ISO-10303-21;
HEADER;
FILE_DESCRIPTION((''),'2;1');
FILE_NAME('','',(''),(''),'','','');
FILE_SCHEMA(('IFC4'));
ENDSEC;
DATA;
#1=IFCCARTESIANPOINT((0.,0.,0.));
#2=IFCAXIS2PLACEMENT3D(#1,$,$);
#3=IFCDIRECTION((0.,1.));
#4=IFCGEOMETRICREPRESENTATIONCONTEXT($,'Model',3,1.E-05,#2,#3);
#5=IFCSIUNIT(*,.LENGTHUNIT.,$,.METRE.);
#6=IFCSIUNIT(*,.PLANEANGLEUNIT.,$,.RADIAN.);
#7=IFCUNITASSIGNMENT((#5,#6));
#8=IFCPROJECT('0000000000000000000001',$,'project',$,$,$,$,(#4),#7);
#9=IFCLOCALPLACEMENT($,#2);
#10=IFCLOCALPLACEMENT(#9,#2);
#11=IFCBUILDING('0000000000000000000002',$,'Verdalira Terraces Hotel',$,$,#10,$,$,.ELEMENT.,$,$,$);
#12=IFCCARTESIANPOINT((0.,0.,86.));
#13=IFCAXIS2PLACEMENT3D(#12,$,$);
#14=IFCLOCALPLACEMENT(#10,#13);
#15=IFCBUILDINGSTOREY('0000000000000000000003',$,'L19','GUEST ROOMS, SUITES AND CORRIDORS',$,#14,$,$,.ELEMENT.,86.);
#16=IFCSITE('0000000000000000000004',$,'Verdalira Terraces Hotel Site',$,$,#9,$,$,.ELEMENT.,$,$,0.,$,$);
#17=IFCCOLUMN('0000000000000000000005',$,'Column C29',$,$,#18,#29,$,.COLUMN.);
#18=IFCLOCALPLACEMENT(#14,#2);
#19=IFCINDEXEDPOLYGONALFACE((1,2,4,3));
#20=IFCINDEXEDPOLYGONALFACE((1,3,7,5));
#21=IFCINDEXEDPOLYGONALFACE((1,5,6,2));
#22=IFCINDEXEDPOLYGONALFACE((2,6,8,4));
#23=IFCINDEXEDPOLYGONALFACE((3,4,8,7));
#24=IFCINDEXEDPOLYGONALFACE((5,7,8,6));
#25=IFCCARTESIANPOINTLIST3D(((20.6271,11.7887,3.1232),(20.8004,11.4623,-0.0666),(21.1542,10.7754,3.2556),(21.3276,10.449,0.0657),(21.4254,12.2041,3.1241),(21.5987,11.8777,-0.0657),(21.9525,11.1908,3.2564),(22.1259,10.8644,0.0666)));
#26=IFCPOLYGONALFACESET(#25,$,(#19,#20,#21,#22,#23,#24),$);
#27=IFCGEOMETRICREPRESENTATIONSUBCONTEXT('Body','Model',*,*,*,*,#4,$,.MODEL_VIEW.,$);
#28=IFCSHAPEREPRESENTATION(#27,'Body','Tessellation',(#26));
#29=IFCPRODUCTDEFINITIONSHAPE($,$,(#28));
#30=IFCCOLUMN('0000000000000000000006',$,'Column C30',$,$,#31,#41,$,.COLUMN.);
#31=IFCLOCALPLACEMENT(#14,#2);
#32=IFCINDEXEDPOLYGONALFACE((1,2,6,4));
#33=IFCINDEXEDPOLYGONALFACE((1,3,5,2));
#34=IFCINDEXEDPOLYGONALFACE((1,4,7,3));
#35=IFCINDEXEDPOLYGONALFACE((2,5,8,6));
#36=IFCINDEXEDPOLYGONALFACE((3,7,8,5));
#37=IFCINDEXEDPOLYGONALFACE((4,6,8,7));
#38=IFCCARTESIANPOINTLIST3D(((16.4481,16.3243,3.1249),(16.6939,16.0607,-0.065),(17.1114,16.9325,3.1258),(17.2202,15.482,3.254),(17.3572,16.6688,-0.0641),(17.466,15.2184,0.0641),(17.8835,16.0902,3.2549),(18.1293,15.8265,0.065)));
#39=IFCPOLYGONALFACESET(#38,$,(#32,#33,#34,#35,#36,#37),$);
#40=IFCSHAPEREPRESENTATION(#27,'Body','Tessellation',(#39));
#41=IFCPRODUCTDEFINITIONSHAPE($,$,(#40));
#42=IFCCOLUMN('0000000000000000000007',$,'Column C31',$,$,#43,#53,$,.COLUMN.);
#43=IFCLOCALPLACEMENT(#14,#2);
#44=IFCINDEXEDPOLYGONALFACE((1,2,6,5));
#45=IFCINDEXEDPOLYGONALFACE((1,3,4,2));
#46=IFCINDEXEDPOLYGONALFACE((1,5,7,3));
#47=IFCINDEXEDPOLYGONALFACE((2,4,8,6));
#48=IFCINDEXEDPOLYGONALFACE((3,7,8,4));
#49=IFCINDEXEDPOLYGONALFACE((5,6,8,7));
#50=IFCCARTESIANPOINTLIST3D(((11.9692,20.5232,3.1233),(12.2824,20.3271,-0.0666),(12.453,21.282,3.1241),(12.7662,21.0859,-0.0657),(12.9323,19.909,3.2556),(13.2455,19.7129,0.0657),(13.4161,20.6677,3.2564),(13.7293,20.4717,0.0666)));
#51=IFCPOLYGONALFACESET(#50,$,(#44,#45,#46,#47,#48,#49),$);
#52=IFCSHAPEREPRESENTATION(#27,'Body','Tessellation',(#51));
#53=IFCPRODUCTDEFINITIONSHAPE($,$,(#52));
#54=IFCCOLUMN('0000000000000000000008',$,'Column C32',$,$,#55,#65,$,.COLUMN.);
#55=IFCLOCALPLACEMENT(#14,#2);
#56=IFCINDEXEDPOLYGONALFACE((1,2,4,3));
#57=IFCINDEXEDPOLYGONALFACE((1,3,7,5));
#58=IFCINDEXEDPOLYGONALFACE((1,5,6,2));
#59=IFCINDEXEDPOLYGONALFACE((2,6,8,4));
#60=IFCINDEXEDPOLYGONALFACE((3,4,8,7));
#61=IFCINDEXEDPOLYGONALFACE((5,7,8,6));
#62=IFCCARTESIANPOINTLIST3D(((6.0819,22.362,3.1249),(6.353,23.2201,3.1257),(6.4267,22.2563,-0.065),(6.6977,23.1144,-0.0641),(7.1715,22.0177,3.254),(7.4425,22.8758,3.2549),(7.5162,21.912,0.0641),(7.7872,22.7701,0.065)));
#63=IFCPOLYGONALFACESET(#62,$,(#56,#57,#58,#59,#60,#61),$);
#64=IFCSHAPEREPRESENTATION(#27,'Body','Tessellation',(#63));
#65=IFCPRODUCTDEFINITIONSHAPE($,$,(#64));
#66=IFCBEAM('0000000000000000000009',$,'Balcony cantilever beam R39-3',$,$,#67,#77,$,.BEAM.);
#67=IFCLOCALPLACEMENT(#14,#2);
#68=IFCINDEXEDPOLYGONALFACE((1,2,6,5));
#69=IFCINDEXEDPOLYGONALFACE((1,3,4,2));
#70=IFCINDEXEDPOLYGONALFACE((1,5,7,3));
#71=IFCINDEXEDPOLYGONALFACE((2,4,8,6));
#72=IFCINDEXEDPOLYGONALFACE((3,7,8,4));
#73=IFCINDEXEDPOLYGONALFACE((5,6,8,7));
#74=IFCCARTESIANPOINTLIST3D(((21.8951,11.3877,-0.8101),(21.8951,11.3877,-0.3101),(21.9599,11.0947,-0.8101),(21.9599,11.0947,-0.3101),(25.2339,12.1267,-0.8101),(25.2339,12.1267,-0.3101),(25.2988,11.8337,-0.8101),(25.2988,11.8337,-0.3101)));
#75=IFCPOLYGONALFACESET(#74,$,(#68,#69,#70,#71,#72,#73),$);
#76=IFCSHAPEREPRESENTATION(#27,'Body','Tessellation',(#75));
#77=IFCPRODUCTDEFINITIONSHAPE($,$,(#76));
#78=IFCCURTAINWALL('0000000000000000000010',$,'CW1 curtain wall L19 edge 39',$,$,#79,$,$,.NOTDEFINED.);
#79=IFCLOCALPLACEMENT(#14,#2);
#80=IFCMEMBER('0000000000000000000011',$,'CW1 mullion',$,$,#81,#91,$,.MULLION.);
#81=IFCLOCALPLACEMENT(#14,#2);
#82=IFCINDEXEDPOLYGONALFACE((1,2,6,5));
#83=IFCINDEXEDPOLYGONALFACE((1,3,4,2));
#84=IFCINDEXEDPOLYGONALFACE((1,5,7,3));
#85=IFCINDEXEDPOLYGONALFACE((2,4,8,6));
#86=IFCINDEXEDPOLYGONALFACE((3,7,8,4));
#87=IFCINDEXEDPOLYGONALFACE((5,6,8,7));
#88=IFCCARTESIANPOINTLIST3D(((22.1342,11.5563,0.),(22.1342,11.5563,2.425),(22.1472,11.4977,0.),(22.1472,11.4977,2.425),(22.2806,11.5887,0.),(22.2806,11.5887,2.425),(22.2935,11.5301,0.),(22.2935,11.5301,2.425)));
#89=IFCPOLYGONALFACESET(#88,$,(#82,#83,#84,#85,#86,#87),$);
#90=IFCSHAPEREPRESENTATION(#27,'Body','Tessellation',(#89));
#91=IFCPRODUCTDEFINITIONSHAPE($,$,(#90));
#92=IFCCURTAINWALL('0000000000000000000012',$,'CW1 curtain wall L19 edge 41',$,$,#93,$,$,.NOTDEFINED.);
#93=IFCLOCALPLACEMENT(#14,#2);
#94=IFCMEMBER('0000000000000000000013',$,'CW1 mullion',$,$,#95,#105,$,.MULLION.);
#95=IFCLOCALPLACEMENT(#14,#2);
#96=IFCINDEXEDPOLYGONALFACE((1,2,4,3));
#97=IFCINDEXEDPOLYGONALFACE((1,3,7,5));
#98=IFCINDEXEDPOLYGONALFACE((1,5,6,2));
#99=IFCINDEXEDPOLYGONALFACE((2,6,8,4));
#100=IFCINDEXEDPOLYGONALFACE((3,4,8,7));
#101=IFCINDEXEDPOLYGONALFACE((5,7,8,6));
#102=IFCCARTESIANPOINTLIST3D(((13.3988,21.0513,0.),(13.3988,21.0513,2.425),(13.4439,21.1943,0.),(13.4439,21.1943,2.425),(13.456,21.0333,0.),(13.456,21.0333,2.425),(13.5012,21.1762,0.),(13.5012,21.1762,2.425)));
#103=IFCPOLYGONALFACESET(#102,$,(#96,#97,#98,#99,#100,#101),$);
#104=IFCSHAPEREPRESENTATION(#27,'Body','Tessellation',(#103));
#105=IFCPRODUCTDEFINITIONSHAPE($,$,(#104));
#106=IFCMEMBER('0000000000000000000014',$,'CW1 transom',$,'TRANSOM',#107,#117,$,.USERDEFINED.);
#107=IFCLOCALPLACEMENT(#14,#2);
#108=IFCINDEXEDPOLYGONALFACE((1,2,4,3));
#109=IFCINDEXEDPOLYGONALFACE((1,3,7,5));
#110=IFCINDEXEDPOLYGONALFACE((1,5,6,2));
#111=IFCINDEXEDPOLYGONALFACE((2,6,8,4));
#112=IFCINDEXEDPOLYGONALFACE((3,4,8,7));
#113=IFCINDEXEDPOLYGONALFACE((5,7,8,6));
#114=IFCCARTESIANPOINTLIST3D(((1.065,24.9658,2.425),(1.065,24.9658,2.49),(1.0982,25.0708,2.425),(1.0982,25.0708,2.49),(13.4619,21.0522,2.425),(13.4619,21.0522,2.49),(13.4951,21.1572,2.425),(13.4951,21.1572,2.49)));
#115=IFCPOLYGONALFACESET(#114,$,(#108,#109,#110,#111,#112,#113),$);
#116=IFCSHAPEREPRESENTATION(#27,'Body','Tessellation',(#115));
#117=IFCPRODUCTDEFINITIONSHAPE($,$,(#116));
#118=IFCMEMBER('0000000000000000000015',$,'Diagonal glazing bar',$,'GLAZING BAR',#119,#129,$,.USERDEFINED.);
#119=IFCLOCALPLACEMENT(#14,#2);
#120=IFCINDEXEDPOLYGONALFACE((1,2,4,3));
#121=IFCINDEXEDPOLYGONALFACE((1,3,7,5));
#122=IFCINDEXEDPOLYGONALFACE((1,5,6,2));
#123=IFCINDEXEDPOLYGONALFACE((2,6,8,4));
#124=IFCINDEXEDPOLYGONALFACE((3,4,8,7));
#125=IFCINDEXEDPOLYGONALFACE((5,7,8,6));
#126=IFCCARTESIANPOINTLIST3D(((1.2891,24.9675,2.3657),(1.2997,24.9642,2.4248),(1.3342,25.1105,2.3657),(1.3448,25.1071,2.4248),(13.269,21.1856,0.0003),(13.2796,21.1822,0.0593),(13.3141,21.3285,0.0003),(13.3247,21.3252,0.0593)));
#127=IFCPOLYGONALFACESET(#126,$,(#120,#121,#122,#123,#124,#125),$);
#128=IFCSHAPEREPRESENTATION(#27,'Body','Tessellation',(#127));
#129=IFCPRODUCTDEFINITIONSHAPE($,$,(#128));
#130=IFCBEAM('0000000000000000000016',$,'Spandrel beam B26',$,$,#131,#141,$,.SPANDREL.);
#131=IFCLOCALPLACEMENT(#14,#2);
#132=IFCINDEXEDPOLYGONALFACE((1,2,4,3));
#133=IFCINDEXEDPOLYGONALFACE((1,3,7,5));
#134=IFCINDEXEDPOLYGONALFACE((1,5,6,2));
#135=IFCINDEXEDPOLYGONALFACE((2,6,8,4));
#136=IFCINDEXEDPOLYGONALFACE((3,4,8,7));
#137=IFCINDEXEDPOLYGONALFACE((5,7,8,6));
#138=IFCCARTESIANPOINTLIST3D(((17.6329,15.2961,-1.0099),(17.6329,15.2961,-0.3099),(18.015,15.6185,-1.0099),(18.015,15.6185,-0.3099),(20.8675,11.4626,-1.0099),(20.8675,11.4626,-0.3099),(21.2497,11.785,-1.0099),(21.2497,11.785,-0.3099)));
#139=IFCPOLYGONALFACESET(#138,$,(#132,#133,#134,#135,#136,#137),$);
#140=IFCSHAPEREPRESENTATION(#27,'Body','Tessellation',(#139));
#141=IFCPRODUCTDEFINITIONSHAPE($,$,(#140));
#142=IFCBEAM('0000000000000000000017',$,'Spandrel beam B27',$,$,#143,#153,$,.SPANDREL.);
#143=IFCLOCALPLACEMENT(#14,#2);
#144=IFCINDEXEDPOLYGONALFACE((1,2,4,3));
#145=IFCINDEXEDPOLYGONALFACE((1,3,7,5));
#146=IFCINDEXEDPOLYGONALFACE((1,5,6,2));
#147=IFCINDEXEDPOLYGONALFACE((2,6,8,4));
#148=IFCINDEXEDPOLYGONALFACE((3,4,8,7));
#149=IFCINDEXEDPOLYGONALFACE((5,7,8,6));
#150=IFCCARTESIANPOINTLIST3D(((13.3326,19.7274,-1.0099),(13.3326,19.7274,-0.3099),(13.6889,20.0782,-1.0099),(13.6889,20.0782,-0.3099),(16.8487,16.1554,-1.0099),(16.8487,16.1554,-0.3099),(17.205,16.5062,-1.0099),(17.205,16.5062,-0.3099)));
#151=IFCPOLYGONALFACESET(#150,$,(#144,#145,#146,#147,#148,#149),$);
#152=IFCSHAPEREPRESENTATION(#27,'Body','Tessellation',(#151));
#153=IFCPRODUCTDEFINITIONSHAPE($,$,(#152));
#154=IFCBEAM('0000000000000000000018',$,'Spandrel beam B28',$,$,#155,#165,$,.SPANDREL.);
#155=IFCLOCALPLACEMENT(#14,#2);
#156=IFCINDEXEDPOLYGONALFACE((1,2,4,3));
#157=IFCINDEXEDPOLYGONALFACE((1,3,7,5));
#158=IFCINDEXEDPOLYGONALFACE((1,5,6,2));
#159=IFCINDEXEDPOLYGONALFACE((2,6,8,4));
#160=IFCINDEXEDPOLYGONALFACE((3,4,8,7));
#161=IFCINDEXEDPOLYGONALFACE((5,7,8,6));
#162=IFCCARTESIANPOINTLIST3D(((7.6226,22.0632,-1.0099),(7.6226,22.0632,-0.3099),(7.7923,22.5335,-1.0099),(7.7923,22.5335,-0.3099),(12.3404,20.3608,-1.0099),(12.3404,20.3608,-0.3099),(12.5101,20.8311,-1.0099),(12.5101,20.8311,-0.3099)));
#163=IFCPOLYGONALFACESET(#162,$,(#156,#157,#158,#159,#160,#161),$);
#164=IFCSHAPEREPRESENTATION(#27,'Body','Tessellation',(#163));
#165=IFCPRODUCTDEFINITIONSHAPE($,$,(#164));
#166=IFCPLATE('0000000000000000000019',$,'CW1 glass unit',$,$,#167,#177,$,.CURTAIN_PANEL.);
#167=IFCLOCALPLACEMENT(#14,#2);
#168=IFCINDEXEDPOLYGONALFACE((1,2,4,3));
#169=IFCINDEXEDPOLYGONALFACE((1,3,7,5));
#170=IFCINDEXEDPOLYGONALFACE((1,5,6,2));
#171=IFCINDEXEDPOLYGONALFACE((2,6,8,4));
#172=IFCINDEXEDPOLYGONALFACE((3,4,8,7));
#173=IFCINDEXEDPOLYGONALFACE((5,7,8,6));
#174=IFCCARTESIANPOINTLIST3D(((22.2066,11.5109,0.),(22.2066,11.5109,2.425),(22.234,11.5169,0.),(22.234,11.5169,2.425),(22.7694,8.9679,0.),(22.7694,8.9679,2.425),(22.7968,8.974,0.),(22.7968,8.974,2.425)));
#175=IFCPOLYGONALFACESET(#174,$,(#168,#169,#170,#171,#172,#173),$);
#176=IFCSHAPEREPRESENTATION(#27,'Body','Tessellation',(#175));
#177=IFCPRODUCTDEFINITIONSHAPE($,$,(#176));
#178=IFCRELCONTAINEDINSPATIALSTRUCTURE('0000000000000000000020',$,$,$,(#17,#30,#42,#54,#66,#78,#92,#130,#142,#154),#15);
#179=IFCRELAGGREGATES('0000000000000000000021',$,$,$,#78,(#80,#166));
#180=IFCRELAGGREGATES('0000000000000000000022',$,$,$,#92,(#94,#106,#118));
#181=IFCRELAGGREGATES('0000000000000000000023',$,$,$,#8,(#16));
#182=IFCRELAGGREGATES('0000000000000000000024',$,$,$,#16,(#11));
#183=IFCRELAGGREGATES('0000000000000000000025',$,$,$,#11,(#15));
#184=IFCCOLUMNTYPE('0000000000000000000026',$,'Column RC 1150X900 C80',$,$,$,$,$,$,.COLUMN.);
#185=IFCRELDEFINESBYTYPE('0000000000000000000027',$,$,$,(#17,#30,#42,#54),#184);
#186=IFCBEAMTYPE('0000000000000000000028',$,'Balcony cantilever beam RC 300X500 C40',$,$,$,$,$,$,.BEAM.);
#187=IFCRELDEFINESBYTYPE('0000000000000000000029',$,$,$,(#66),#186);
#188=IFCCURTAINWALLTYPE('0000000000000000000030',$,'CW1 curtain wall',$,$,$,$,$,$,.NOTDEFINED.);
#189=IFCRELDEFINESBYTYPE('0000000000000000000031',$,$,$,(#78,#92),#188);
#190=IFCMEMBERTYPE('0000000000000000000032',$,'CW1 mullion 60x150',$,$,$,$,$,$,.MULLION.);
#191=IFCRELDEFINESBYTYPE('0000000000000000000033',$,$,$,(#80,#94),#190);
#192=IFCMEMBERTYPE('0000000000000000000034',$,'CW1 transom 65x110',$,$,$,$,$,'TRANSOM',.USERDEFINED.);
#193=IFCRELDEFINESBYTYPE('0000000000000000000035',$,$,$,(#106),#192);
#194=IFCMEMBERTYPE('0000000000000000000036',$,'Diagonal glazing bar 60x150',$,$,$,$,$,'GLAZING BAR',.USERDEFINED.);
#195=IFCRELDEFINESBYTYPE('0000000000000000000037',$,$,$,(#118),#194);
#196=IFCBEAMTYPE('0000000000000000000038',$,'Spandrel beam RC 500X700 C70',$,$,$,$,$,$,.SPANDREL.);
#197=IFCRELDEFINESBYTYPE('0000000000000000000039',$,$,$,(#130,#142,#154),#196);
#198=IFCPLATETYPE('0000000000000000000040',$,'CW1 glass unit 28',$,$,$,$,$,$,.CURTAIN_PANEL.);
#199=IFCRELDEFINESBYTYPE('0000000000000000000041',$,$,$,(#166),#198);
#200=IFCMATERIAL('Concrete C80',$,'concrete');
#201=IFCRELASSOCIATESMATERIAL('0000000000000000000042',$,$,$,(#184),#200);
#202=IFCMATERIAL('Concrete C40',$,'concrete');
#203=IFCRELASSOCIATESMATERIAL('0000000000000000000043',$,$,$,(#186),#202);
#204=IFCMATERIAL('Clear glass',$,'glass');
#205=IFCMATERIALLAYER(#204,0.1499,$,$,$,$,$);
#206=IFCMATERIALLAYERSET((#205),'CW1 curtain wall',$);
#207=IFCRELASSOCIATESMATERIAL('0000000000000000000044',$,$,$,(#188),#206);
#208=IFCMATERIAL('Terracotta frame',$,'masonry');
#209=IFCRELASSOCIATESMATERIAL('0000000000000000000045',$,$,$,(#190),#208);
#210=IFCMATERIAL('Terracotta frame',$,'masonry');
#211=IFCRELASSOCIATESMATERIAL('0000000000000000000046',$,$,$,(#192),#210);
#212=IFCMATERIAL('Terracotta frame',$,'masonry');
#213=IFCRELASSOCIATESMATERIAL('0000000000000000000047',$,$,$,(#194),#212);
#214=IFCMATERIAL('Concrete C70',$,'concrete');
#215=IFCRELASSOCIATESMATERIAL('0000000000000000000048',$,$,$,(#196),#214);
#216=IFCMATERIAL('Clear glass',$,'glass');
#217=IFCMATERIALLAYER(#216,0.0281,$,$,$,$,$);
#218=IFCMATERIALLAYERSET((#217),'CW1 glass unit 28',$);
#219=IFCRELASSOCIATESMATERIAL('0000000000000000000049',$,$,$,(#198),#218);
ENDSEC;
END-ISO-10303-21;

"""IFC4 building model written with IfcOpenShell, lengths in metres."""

from ifc_helpers import new_model, si_unit, direction, frame, origin, origin_2d, place, context, subcontext, project, spatial, rectangle, extrude, material, layer, layer_set, material_profile, profile_set, type_object, element, aggregate, save


model = new_model("IFC4")

# Units and contexts
model_context = context("Model", 3, precision=1e-05, world=origin(), true_north=direction((0.0, 1.0)))
body_context = subcontext(model_context, "Body", "Model", "MODEL_VIEW")
ifc_project = project(units=[si_unit("LENGTHUNIT", "METRE"), si_unit("PLANEANGLEUNIT", "RADIAN")], contexts=[model_context])

# Site, building, storey
site_placement = place(None, origin())
site = spatial("IfcSite", under=ifc_project, at=site_placement, Name="Verdalira Terraces Hotel Site", CompositionType="ELEMENT", RefElevation=0.0)
building_placement = place(site_placement, origin())
building = spatial("IfcBuilding", under=site, at=building_placement, Name="Verdalira Terraces Hotel", CompositionType="ELEMENT")
storey_placement = place(building_placement, frame((0.0, 0.0, 86.0)))
storey = spatial("IfcBuildingStorey", under=building, at=storey_placement, Name="L19", Description="GUEST ROOMS, SUITES AND CORRIDORS", CompositionType="ELEMENT", Elevation=86.0)

# Columns
ifc_material_1 = material(Name="Concrete C80", Category="concrete")
ifc_material_profile_1 = material_profile(ifc_material_1, rectangle(XDim=1.1499, YDim=0.8999, at=origin_2d()), Name="RC 1150X900")
ifc_profile_set_1 = profile_set([ifc_material_profile_1], Name="Concrete C80")
column_type = type_object("IfcColumnType", Name="Column RC 1150X900 C80", PredefinedType="COLUMN", material=ifc_profile_set_1)
column_1_placement = place(storey_placement, frame((21.4631, 11.1633, 0.0), z_axis=(-0.053978, 0.101647, 0.993355), x_axis=(0.458429, -0.881248, 0.115086)))
element("IfcColumn", 1, at=column_1_placement, inside=storey, type_object=column_type, Name="Column C29", PredefinedType="COLUMN", context=body_context, shape_type="SweptSolid", body=[
    extrude(rectangle(XDim=1.1499, YDim=0.8999, at=origin_2d()), origin(), (0.0, 0.0, 1.0), 3.2112),
])
column_2_placement = place(storey_placement, frame((17.4116, 15.9436, 0.0), z_axis=(-0.076583, 0.082134, 0.993675), x_axis=(-0.671452, 0.732491, -0.112295)))
element("IfcColumn", 2, at=column_2_placement, inside=storey, type_object=column_type, Name="Column C30", PredefinedType="COLUMN", context=body_context, shape_type="SweptSolid", body=[
    extrude(rectangle(XDim=1.1499, YDim=0.8999, at=origin_2d()), origin(), (0.0, 0.0, 1.0), 3.2102),
])
column_3_placement = place(storey_placement, frame((13.0059, 20.3994, 0.0), z_axis=(-0.097542, 0.061049, 0.993357), x_axis=(0.837529, -0.534139, 0.115067)))
element("IfcColumn", 3, at=column_3_placement, inside=storey, type_object=column_type, Name="Column C31", PredefinedType="COLUMN", context=body_context, shape_type="SweptSolid", body=[
    extrude(rectangle(XDim=1.1499, YDim=0.8999, at=origin_2d()), origin(), (0.0, 0.0, 1.0), 3.2112),
])
column_4_placement = place(storey_placement, frame((7.1069, 22.5132, 0.0), z_axis=(-0.107383, 0.03293, 0.993672), x_axis=(-0.947501, 0.299377, -0.112315)))
element("IfcColumn", 4, at=column_4_placement, inside=storey, type_object=column_type, Name="Column C32", PredefinedType="COLUMN", context=body_context, shape_type="SweptSolid", body=[
    extrude(rectangle(XDim=1.1499, YDim=0.8999, at=origin_2d()), origin(), (0.0, 0.0, 1.0), 3.2102),
])

# Beam
ifc_material_2 = material(Name="Concrete C40", Category="concrete")
ifc_material_profile_2 = material_profile(ifc_material_2, rectangle(XDim=0.3, YDim=0.5, at=origin_2d()), Name="RC 300X500")
ifc_profile_set_2 = profile_set([ifc_material_profile_2], Name="Concrete C40")
beam_type_1 = type_object("IfcBeamType", Name="Balcony cantilever beam RC 300X500 C40", PredefinedType="BEAM", material=ifc_profile_set_2)
beam_1_placement = place(storey_placement, frame((21.9275, 11.2412, -0.5601), z_axis=(0.97637, 0.216106, 0.0), x_axis=(-0.216106, 0.97637, 0.0)))
element("IfcBeam", 5, at=beam_1_placement, inside=storey, type_object=beam_type_1, Name="Balcony cantilever beam R39-3", PredefinedType="BEAM", context=body_context, shape_type="SweptSolid", body=[
    extrude(rectangle(XDim=0.3, YDim=0.5, at=origin_2d()), origin(), (0.0, 0.0, 1.0), 3.4197),
])

# Curtain wall, member
ifc_material_3 = material(Name="Clear glass", Category="glass")
ifc_layer_1 = layer(ifc_material_3, 0.1499)
ifc_layer_set_1 = layer_set([ifc_layer_1], Name="CW1 curtain wall")
curtain_wall_type = type_object("IfcCurtainWallType", Name="CW1 curtain wall", PredefinedType="NOTDEFINED", material=ifc_layer_set_1)
curtain_wall_1_placement = place(storey_placement, origin())
curtain_wall_1 = element("IfcCurtainWall", 6, at=curtain_wall_1_placement, inside=storey, type_object=curtain_wall_type, Name="CW1 curtain wall L19 edge 39", PredefinedType="NOTDEFINED")
ifc_material_4 = material(Name="Terracotta frame", Category="masonry")
ifc_material_profile_3 = material_profile(ifc_material_4, rectangle(XDim=0.0601, YDim=0.1499, at=origin_2d()), Name="MU 60x150")
ifc_profile_set_3 = profile_set([ifc_material_profile_3], Name="Terracotta frame")
member_type_1 = type_object("IfcMemberType", Name="CW1 mullion 60x150", PredefinedType="MULLION", material=ifc_profile_set_3)
member_1_placement = place(storey_placement, frame((22.2139, 11.5432, 0.0), z_axis=(0.0, 0.0, 1.0), x_axis=(-0.216099, 0.976371, 0.0)))
member_1 = element("IfcMember", 7, at=member_1_placement, type_object=member_type_1, Name="CW1 mullion", PredefinedType="MULLION", context=body_context, shape_type="SweptSolid", body=[
    extrude(rectangle(XDim=0.0601, YDim=0.1499, at=origin_2d()), origin(), (0.0, 0.0, 1.0), 2.425),
])

# Curtain wall, members
curtain_wall_2_placement = place(storey_placement, origin())
curtain_wall_2 = element("IfcCurtainWall", 8, at=curtain_wall_2_placement, inside=storey, type_object=curtain_wall_type, Name="CW1 curtain wall L19 edge 41", PredefinedType="NOTDEFINED")
member_2_placement = place(storey_placement, frame((13.45, 21.1138, 0.0), z_axis=(0.0, 0.0, 1.0), x_axis=(-0.953612, 0.301039, 0.0)))
member_2 = element("IfcMember", 9, at=member_2_placement, type_object=member_type_1, Name="CW1 mullion", PredefinedType="MULLION", context=body_context, shape_type="SweptSolid", body=[
    extrude(rectangle(XDim=0.0601, YDim=0.1499, at=origin_2d()), origin(), (0.0, 0.0, 1.0), 2.425),
])
ifc_material_5 = material(Name="Terracotta frame", Category="masonry")
ifc_material_profile_4 = material_profile(ifc_material_5, rectangle(XDim=0.1101, YDim=0.0649, at=origin_2d()), Name="TR 65x110")
ifc_profile_set_4 = profile_set([ifc_material_profile_4], Name="Terracotta frame")
member_type_2 = type_object("IfcMemberType", Name="CW1 transom 65x110", ElementType="TRANSOM", PredefinedType="USERDEFINED", material=ifc_profile_set_4)
member_3_placement = place(storey_placement, frame((13.4785, 21.1047, 2.4575), z_axis=(-0.95361, 0.301043, 0.0), x_axis=(-0.301043, -0.95361, 0.0)))
member_3 = element("IfcMember", 10, at=member_3_placement, type_object=member_type_2, Name="CW1 transom", ObjectType="TRANSOM", PredefinedType="USERDEFINED", context=body_context, shape_type="SweptSolid", body=[
    extrude(rectangle(XDim=0.1101, YDim=0.0649, at=origin_2d()), origin(), (0.0, 0.0, 1.0), 13.0),
])
ifc_material_6 = material(Name="Terracotta frame", Category="masonry")
ifc_material_profile_5 = material_profile(ifc_material_6, rectangle(XDim=0.1499, YDim=0.0601, at=origin_2d()), Name="GB 60x150")
ifc_profile_set_5 = profile_set([ifc_material_profile_5], Name="Terracotta frame")
member_type_3 = type_object("IfcMemberType", Name="Diagonal glazing bar 60x150", ElementType="GLAZING BAR", PredefinedType="USERDEFINED", material=ifc_profile_set_5)
member_4_placement = place(storey_placement, frame((13.2969, 21.2554, 0.0298), z_axis=(-0.937141, 0.295848, 0.185041), x_axis=(-0.301047, -0.953609, 0.0)))
member_4 = element("IfcMember", 11, at=member_4_placement, type_object=member_type_3, Name="Diagonal glazing bar", ObjectType="GLAZING BAR", PredefinedType="USERDEFINED", context=body_context, shape_type="SweptSolid", body=[
    extrude(rectangle(XDim=0.1499, YDim=0.0601, at=origin_2d()), origin(), (0.0, 0.0, 1.0), 12.7834),
])

# Beams
ifc_material_7 = material(Name="Concrete C70", Category="concrete")
ifc_material_profile_6 = material_profile(ifc_material_7, rectangle(XDim=0.5, YDim=0.7, at=origin_2d()), Name="RC 500X700")
ifc_profile_set_6 = profile_set([ifc_material_profile_6], Name="Concrete C70")
beam_type_2 = type_object("IfcBeamType", Name="Spandrel beam RC 500X700 C70", PredefinedType="SPANDREL", material=ifc_profile_set_6)
beam_2_placement = place(storey_placement, frame((21.0586, 11.6238, -0.6599), z_axis=(-0.644883, 0.764281, 0.0), x_axis=(-0.764281, -0.644883, 0.0)))
element("IfcBeam", 12, at=beam_2_placement, inside=storey, type_object=beam_type_2, Name="Spandrel beam B26", PredefinedType="SPANDREL", context=body_context, shape_type="SweptSolid", body=[
    extrude(rectangle(XDim=0.5, YDim=0.7, at=origin_2d()), origin(), (0.0, 0.0, 1.0), 5.0159),
])
beam_3_placement = place(storey_placement, frame((17.0269, 16.3308, -0.6599), z_axis=(-0.701508, 0.712662, 0.0), x_axis=(-0.712662, -0.701508, 0.0)))
element("IfcBeam", 13, at=beam_3_placement, inside=storey, type_object=beam_type_2, Name="Spandrel beam B27", PredefinedType="SPANDREL", context=body_context, shape_type="SweptSolid", body=[
    extrude(rectangle(XDim=0.5, YDim=0.7, at=origin_2d()), origin(), (0.0, 0.0, 1.0), 5.0122),
])
beam_4_placement = place(storey_placement, frame((12.4253, 20.5959, -0.6599), z_axis=(-0.940633, 0.339424, 0.0), x_axis=(-0.339424, -0.940633, 0.0)))
element("IfcBeam", 14, at=beam_4_placement, inside=storey, type_object=beam_type_2, Name="Spandrel beam B28", PredefinedType="SPANDREL", context=body_context, shape_type="SweptSolid", body=[
    extrude(rectangle(XDim=0.5, YDim=0.7, at=origin_2d()), origin(), (0.0, 0.0, 1.0), 5.0156),
])

# Plate
ifc_material_8 = material(Name="Clear glass", Category="glass")
ifc_layer_2 = layer(ifc_material_8, 0.0281)
ifc_layer_set_2 = layer_set([ifc_layer_2], Name="CW1 glass unit 28")
plate_type = type_object("IfcPlateType", Name="CW1 glass unit 28", PredefinedType="CURTAIN_PANEL", material=ifc_layer_set_2)
plate_1_placement = place(storey_placement, frame((22.5017, 10.2424, 0.0), z_axis=(0.0, 0.0, 1.0), x_axis=(-0.216099, 0.976371, 0.0)))
plate_1 = element("IfcPlate", 15, at=plate_1_placement, type_object=plate_type, Name="CW1 glass unit", PredefinedType="CURTAIN_PANEL", context=body_context, shape_type="SweptSolid", body=[
    extrude(rectangle(XDim=2.6045, YDim=0.0281, at=origin_2d()), origin(), (0.0, 0.0, 1.0), 2.425),
])
aggregate(curtain_wall_1, [member_1, plate_1])
aggregate(curtain_wall_2, [member_2, member_3, member_4])

save(model, "model.ifc")
